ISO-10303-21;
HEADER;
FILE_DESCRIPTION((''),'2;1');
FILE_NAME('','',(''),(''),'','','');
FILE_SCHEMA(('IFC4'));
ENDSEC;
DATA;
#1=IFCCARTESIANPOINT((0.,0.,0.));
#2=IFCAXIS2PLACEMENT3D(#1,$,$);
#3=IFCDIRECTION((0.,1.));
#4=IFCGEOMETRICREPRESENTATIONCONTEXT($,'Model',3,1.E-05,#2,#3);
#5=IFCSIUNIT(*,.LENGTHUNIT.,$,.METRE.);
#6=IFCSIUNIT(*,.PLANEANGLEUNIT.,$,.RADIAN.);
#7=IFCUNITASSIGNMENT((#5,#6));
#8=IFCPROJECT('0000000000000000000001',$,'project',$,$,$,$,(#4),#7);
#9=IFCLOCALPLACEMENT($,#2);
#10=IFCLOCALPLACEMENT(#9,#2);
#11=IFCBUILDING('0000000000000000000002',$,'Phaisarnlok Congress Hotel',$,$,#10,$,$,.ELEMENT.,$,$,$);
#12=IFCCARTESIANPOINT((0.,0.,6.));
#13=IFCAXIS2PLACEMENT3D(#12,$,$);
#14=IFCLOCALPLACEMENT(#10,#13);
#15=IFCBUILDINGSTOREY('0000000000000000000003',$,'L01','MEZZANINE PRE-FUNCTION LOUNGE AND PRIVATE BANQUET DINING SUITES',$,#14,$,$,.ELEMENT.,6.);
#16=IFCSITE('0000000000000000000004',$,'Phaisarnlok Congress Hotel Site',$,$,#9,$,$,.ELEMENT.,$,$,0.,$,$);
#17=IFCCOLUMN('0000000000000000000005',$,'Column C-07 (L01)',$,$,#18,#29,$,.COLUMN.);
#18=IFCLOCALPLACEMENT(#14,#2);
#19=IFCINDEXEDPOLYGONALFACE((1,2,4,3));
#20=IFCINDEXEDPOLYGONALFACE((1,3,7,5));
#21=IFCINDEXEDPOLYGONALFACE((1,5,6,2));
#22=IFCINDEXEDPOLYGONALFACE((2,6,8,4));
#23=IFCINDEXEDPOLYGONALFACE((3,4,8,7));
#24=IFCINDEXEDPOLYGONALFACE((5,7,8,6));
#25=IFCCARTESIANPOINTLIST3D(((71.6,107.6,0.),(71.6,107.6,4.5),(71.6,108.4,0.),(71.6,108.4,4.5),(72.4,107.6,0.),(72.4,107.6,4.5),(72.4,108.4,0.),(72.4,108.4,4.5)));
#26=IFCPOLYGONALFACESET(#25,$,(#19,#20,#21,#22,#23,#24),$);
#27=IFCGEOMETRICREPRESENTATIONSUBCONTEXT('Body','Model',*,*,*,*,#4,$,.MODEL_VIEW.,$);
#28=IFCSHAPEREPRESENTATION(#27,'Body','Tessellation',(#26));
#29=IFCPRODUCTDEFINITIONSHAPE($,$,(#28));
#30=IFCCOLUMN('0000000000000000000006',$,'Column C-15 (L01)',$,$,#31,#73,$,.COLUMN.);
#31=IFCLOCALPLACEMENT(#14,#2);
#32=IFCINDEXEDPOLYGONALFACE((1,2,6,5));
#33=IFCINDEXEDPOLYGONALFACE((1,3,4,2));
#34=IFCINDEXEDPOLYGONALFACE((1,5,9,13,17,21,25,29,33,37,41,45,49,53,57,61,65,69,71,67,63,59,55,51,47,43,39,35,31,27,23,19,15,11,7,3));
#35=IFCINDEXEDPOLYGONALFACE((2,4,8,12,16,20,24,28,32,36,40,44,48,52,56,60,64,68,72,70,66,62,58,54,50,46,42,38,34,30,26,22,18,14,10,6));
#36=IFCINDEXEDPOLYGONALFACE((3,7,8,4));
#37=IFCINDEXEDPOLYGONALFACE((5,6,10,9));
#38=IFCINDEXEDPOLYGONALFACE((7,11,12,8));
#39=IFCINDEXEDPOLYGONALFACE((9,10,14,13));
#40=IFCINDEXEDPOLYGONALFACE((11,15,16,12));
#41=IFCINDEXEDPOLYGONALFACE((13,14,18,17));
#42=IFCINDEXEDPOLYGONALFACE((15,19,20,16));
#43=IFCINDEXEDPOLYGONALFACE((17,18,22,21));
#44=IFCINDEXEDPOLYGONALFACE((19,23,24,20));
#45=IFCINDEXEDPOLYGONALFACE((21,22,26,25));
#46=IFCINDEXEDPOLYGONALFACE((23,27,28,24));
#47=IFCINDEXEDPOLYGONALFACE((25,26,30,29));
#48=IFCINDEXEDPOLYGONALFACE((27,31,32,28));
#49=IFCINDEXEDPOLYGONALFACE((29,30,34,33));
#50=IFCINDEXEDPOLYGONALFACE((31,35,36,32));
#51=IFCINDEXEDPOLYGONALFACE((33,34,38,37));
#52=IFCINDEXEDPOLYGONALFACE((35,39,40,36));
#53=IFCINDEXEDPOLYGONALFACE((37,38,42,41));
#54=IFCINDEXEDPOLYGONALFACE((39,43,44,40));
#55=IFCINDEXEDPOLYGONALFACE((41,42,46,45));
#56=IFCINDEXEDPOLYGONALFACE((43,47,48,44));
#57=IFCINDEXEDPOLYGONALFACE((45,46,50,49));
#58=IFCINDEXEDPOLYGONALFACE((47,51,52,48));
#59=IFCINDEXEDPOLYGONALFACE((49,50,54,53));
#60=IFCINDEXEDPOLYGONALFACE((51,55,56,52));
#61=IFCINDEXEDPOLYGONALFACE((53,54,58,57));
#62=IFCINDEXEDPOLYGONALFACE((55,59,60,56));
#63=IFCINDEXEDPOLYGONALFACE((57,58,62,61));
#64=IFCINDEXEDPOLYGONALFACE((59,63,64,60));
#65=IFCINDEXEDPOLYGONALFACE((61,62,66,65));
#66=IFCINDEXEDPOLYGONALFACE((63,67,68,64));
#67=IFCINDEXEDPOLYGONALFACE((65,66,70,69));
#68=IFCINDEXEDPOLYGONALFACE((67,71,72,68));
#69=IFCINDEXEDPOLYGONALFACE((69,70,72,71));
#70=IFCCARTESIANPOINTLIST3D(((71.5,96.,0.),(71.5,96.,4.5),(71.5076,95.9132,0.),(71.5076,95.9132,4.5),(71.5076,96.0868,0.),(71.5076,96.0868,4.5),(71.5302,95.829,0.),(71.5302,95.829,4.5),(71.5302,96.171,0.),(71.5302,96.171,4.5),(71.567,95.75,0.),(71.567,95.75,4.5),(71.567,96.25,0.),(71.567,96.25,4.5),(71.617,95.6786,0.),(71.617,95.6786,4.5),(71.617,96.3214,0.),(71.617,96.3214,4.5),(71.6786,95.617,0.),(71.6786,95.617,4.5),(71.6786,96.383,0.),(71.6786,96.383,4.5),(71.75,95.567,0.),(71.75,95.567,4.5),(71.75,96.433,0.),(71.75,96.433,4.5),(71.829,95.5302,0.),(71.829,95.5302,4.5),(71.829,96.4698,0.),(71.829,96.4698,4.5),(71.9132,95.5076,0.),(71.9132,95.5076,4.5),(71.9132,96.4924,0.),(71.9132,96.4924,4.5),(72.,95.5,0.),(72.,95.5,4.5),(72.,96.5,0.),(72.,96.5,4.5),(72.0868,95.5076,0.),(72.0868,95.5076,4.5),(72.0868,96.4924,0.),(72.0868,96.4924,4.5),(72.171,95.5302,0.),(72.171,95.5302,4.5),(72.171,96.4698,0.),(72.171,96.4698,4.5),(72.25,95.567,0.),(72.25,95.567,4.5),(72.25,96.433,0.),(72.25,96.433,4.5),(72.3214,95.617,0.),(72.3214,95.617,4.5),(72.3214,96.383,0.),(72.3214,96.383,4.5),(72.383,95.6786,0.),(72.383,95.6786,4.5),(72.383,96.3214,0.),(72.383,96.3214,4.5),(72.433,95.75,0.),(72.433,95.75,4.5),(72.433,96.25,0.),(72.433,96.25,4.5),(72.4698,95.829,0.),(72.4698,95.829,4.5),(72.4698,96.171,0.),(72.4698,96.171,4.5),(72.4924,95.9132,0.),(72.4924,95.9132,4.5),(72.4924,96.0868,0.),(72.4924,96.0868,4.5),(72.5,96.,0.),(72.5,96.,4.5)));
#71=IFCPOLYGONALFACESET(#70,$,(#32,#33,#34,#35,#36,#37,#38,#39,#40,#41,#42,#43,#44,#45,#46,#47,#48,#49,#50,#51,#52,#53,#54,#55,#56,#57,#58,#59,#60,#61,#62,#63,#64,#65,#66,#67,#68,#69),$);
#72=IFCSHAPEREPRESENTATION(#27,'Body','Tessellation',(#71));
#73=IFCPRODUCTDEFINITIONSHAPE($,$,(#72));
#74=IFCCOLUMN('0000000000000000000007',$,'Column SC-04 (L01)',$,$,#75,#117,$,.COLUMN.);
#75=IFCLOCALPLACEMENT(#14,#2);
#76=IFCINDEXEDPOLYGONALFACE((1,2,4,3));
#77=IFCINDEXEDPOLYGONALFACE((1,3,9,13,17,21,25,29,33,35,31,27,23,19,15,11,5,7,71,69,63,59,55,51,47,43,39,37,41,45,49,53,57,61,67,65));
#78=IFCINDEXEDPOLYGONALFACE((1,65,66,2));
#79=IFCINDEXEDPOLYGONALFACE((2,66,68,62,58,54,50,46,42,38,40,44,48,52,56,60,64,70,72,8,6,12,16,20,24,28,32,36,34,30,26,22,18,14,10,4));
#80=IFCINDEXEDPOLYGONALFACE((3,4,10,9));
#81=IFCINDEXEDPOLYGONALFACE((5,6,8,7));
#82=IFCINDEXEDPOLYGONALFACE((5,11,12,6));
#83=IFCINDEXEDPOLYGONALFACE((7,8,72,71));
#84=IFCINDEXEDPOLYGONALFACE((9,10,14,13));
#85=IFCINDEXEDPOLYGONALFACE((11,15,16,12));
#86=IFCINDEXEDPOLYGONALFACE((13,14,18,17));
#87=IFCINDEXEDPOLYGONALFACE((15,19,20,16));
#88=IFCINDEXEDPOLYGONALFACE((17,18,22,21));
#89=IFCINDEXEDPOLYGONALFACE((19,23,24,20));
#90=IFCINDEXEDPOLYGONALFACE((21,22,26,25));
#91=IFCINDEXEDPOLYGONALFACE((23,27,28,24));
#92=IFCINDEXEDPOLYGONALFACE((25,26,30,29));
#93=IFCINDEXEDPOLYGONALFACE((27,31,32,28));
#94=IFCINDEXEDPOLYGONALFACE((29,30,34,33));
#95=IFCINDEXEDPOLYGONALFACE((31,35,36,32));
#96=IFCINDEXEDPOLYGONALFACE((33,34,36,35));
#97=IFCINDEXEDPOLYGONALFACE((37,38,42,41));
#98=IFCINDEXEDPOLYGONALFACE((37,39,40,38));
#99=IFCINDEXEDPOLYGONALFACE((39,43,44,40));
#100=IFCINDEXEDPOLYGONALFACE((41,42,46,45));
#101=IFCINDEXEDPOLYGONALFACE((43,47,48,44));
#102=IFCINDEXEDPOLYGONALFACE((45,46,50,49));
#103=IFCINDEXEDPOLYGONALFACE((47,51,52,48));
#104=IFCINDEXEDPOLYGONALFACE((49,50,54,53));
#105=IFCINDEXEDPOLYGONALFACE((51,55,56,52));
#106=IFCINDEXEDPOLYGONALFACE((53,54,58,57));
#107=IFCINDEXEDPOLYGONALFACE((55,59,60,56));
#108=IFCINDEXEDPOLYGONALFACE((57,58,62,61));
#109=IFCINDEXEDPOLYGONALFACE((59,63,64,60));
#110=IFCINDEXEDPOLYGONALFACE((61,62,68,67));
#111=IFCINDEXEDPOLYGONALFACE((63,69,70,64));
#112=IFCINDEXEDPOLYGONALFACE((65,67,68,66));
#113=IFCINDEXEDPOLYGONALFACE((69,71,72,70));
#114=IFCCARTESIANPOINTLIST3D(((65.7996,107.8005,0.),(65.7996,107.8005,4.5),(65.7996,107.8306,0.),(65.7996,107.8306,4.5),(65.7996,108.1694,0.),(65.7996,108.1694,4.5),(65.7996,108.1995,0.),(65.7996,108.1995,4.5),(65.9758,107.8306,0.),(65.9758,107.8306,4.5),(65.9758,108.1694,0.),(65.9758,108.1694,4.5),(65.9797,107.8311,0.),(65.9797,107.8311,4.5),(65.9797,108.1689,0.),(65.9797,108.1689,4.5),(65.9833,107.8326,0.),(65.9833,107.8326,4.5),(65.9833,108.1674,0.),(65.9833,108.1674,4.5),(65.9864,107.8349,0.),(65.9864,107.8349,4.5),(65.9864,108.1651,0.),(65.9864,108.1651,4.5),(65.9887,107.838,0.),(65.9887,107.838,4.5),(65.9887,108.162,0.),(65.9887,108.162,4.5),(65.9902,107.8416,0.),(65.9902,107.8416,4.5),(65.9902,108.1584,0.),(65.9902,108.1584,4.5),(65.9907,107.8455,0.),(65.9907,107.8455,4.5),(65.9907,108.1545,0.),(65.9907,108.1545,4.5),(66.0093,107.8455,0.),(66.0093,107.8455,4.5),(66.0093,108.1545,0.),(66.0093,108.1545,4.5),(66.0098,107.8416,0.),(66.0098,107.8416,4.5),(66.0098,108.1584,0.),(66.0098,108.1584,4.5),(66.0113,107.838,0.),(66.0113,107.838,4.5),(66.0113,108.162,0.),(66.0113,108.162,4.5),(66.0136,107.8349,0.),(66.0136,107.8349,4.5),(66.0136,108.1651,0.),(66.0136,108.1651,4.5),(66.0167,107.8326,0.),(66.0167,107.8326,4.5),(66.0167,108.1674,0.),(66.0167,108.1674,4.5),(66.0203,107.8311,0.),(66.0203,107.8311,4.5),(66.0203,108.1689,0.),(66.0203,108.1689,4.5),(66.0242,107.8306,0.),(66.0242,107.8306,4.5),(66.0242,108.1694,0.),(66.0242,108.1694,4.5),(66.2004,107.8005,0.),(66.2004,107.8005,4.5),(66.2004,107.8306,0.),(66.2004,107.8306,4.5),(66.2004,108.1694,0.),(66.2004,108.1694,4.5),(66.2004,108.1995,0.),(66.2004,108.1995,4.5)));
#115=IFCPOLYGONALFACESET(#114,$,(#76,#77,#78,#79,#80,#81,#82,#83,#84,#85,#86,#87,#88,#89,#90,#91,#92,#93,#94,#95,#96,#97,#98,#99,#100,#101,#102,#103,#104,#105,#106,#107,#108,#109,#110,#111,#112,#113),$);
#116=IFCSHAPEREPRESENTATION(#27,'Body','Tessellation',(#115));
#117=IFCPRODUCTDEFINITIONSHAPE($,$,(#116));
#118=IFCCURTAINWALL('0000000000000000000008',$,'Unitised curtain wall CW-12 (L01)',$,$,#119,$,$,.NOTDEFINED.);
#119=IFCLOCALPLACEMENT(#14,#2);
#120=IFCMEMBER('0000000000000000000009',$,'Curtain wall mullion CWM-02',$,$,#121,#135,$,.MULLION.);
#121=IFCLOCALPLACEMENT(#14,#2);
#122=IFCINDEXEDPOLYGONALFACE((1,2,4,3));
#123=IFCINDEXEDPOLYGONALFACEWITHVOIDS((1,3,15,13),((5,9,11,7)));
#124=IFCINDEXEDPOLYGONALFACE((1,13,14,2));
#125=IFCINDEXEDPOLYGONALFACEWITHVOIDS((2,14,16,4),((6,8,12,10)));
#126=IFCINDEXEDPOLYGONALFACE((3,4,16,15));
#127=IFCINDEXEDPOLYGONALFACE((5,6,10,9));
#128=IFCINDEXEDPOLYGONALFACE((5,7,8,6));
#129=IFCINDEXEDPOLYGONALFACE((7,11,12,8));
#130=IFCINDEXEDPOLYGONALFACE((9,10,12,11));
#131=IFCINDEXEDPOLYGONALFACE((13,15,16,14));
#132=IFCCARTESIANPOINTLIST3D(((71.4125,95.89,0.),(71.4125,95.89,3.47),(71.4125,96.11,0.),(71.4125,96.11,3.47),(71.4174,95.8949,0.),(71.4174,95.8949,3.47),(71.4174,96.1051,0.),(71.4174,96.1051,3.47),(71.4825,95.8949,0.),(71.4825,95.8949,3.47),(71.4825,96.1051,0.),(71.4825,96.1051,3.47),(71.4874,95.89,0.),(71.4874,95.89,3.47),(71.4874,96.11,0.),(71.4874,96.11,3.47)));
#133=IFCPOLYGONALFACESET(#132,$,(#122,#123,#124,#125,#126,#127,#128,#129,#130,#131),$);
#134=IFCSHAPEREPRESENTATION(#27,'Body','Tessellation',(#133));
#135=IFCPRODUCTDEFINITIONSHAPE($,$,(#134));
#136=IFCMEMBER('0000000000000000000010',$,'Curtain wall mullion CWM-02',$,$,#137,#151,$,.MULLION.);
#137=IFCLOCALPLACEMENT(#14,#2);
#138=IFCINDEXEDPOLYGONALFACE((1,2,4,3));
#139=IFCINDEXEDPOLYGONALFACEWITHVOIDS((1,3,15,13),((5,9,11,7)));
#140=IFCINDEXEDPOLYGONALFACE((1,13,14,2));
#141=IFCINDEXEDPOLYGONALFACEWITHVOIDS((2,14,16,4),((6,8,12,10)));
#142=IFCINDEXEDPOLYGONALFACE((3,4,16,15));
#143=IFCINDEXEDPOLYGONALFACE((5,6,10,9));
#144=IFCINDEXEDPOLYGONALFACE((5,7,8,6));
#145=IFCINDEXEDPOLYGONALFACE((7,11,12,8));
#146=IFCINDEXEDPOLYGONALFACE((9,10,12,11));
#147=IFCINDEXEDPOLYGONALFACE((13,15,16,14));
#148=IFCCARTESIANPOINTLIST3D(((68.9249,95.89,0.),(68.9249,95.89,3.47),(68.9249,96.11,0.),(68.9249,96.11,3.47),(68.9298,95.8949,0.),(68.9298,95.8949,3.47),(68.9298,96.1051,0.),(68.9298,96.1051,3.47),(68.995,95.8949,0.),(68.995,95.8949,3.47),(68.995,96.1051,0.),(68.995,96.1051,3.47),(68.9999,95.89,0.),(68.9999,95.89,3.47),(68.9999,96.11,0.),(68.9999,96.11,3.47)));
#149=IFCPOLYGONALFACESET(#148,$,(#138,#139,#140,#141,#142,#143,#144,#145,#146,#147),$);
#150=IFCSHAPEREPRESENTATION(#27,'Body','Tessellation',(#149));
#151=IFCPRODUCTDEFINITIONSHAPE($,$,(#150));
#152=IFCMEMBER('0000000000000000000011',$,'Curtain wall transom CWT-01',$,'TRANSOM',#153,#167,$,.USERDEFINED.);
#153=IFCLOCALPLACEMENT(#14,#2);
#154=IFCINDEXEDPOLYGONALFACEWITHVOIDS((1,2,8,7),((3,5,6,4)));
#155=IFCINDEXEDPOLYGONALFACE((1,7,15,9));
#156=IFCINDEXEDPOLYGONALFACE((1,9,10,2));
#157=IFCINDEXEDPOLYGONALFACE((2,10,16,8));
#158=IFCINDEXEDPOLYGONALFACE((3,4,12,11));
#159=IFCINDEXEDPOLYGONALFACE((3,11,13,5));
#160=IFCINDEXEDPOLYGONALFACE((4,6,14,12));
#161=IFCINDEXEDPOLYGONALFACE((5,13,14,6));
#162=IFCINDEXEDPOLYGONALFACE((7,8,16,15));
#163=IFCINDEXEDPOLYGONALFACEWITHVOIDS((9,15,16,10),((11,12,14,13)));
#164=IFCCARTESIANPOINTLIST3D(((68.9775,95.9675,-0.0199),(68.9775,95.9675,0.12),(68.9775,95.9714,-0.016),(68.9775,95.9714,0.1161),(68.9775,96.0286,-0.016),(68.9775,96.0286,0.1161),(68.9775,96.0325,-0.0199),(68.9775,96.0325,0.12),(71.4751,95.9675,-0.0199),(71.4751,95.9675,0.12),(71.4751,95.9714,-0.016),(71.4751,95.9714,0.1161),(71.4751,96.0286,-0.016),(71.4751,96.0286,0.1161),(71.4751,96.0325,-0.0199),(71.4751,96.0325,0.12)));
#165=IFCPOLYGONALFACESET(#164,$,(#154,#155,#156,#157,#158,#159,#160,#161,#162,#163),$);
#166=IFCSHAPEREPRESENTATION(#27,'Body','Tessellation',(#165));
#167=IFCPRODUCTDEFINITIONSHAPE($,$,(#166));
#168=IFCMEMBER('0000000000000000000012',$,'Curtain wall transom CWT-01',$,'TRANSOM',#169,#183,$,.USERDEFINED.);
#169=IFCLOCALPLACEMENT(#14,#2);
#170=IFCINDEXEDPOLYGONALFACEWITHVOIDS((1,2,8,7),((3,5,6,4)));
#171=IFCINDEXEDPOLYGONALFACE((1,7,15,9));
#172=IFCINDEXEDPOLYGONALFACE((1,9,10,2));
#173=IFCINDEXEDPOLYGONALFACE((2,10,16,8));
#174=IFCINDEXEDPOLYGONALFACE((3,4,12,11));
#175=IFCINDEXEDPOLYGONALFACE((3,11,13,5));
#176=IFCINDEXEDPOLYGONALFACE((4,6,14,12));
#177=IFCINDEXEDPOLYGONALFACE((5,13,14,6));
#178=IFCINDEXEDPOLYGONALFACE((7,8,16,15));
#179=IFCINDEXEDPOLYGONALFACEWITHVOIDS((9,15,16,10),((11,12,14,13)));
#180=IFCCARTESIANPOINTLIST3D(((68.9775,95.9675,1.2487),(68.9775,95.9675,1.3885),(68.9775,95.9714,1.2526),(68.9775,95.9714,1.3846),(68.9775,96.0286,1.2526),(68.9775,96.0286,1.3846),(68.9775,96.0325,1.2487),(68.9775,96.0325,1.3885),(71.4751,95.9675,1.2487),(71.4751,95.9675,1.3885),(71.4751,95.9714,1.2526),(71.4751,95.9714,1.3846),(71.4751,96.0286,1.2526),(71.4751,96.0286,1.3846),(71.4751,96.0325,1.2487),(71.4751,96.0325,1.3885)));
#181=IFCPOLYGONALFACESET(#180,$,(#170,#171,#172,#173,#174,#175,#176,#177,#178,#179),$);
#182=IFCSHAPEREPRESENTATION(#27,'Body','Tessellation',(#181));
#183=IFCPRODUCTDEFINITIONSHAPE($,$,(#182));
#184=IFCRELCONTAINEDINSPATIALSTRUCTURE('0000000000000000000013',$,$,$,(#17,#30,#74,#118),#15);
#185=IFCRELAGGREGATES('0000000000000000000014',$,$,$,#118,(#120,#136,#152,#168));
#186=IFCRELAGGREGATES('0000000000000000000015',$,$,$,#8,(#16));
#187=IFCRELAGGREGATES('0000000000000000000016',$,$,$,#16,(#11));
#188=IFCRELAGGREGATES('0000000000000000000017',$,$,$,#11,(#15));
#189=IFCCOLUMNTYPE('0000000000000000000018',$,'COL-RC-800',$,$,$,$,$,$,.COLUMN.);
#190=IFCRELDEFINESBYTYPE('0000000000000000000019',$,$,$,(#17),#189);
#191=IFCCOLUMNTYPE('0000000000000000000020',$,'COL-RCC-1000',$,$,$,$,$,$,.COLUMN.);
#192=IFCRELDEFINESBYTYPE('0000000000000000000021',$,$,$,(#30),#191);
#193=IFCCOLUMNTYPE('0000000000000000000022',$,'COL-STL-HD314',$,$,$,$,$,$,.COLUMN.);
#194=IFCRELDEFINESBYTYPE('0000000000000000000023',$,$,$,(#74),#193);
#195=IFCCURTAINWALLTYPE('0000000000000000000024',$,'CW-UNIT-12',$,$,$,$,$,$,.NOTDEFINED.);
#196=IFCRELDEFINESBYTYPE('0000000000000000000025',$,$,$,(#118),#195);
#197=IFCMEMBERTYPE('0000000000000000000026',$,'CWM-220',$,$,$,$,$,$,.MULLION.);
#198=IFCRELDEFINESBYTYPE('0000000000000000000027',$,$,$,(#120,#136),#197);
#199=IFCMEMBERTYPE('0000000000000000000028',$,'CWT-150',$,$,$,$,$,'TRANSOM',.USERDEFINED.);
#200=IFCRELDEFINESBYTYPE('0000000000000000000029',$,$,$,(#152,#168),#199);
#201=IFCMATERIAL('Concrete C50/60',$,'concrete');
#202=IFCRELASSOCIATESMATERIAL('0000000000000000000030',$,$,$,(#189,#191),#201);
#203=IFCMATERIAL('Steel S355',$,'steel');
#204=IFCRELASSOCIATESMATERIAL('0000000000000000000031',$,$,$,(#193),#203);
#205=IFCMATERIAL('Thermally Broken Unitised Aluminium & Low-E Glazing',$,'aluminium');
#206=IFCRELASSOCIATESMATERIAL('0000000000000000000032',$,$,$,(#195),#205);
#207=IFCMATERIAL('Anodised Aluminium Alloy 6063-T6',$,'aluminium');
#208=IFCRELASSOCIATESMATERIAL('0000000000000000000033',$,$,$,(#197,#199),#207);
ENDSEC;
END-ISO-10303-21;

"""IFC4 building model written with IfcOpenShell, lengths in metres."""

from ifc_helpers import new_model, si_unit, direction, frame, origin, origin_2d, place, context, subcontext, project, spatial, rectangle, hollow_rectangle, circle, i_section, extrude, material, material_profile, profile_set, type_object, element, aggregate, save


model = new_model("IFC4")

# Units and contexts
model_context = context("Model", 3, precision=1e-05, world=origin(), true_north=direction((0.0, 1.0)))
body_context = subcontext(model_context, "Body", "Model", "MODEL_VIEW")
ifc_project = project(units=[si_unit("LENGTHUNIT", "METRE"), si_unit("PLANEANGLEUNIT", "RADIAN")], contexts=[model_context])

# Site, building, storey
site_placement = place(None, origin())
site = spatial("IfcSite", under=ifc_project, at=site_placement, Name="Phaisarnlok Congress Hotel Site", CompositionType="ELEMENT", RefElevation=0.0)
building_placement = place(site_placement, origin())
building = spatial("IfcBuilding", under=site, at=building_placement, Name="Phaisarnlok Congress Hotel", CompositionType="ELEMENT")
storey_placement = place(building_placement, frame((0.0, 0.0, 6.0)))
storey = spatial("IfcBuildingStorey", under=building, at=storey_placement, Name="L01", Description="MEZZANINE PRE-FUNCTION LOUNGE AND PRIVATE BANQUET DINING SUITES", CompositionType="ELEMENT", Elevation=6.0)

# Columns
ifc_material_1 = material(Name="Concrete C50/60", Category="concrete")
ifc_material_profile_1 = material_profile(ifc_material_1, rectangle(XDim=0.8, YDim=0.8, at=origin_2d()), Name="RC 800x800")
ifc_profile_set_1 = profile_set([ifc_material_profile_1], Name="Concrete C50/60")
column_type_1 = type_object("IfcColumnType", Name="COL-RC-800", PredefinedType="COLUMN", material=ifc_profile_set_1)
column_1_placement = place(storey_placement, frame((72.0, 108.0, 0.0), z_axis=(0.0, 0.0, 1.0), x_axis=(1.0, 0.0, 0.0)))
element("IfcColumn", 1, at=column_1_placement, inside=storey, type_object=column_type_1, Name="Column C-07 (L01)", PredefinedType="COLUMN", context=body_context, shape_type="SweptSolid", body=[
    extrude(rectangle(XDim=0.8, YDim=0.8, at=origin_2d()), origin(), (0.0, 0.0, 1.0), 4.5),
])
ifc_material_profile_2 = material_profile(ifc_material_1, circle(Radius=0.5, at=origin_2d()), Name="RCC D1000")
ifc_profile_set_2 = profile_set([ifc_material_profile_2], Name="Concrete C50/60")
column_type_2 = type_object("IfcColumnType", Name="COL-RCC-1000", PredefinedType="COLUMN", material=ifc_profile_set_2)
column_2_placement = place(storey_placement, frame((72.0, 96.0, 0.0), z_axis=(0.0, 0.0, 1.0), x_axis=(1.0, 0.0, 0.0)))
element("IfcColumn", 2, at=column_2_placement, inside=storey, type_object=column_type_2, Name="Column C-15 (L01)", PredefinedType="COLUMN", context=body_context, shape_type="SweptSolid", body=[
    extrude(circle(Radius=0.5, at=origin_2d()), origin(), (0.0, 0.0, 1.0), 4.5),
])
ifc_material_2 = material(Name="Steel S355", Category="steel")
ifc_material_profile_3 = material_profile(ifc_material_2, i_section(OverallWidth=0.4009, OverallDepth=0.3989, WebThickness=0.0186, FlangeThickness=0.03, FilletRadius=0.0149, at=origin_2d()), Name="HD 400x314")
ifc_profile_set_3 = profile_set([ifc_material_profile_3], Name="Steel S355")
column_type_3 = type_object("IfcColumnType", Name="COL-STL-HD314", PredefinedType="COLUMN", material=ifc_profile_set_3)
column_3_placement = place(storey_placement, frame((66.0, 108.0, 0.0), z_axis=(0.0, 0.0, 1.0), x_axis=(1.0, 0.0, 0.0)))
element("IfcColumn", 3, at=column_3_placement, inside=storey, type_object=column_type_3, Name="Column SC-04 (L01)", PredefinedType="COLUMN", context=body_context, shape_type="SweptSolid", body=[
    extrude(i_section(OverallWidth=0.4009, OverallDepth=0.3989, WebThickness=0.0186, FlangeThickness=0.03, FilletRadius=0.0149, at=origin_2d()), origin(), (0.0, 0.0, 1.0), 4.5),
])

# Curtain wall, members
ifc_material_3 = material(Name="Thermally Broken Unitised Aluminium & Low-E Glazing", Category="aluminium")
curtain_wall_type = type_object("IfcCurtainWallType", Name="CW-UNIT-12", PredefinedType="NOTDEFINED", material=ifc_material_3)
curtain_wall_placement = place(storey_placement, origin())
curtain_wall = element("IfcCurtainWall", 4, at=curtain_wall_placement, inside=storey, type_object=curtain_wall_type, Name="Unitised curtain wall CW-12 (L01)", PredefinedType="NOTDEFINED")
ifc_material_4 = material(Name="Anodised Aluminium Alloy 6063-T6", Category="aluminium")
ifc_material_profile_4 = material_profile(ifc_material_4, hollow_rectangle(XDim=0.075, YDim=0.22, WallThickness=0.0049, at=origin_2d()), Name="ALU-M 75x220x5")
ifc_profile_set_4 = profile_set([ifc_material_profile_4], Name="Anodised Aluminium Alloy 6063-T6")
member_type_1 = type_object("IfcMemberType", Name="CWM-220", PredefinedType="MULLION", material=ifc_profile_set_4)
member_1_placement = place(storey_placement, frame((71.45, 96.0, 0.0), z_axis=(0.0, 0.0, 1.0), x_axis=(-1.0, 0.0, 0.0)))
member_1 = element("IfcMember", 5, at=member_1_placement, type_object=member_type_1, Name="Curtain wall mullion CWM-02", PredefinedType="MULLION", context=body_context, shape_type="SweptSolid", body=[
    extrude(hollow_rectangle(XDim=0.075, YDim=0.22, WallThickness=0.0049, at=origin_2d()), origin(), (0.0, 0.0, 1.0), 3.47),
])
member_2_placement = place(storey_placement, frame((68.9624, 96.0, 0.0), z_axis=(0.0, 0.0, 1.0), x_axis=(-1.0, 0.0, 0.0)))
member_2 = element("IfcMember", 6, at=member_2_placement, type_object=member_type_1, Name="Curtain wall mullion CWM-02", PredefinedType="MULLION", context=body_context, shape_type="SweptSolid", body=[
    extrude(hollow_rectangle(XDim=0.075, YDim=0.22, WallThickness=0.0049, at=origin_2d()), origin(), (0.0, 0.0, 1.0), 3.47),
])
ifc_material_profile_5 = material_profile(ifc_material_4, hollow_rectangle(XDim=0.0649, YDim=0.1399, WallThickness=0.0039, at=origin_2d()), Name="ALU-T 65x140x4")
ifc_profile_set_5 = profile_set([ifc_material_profile_5], Name="Anodised Aluminium Alloy 6063-T6")
member_type_2 = type_object("IfcMemberType", Name="CWT-150", ElementType="TRANSOM", PredefinedType="USERDEFINED", material=ifc_profile_set_5)
member_3_placement = place(storey_placement, frame((71.4751, 96.0, 0.05), z_axis=(-1.0, 0.0, 0.0), x_axis=(0.0, -1.0, 0.0)))
member_3 = element("IfcMember", 7, at=member_3_placement, type_object=member_type_2, Name="Curtain wall transom CWT-01", ObjectType="TRANSOM", PredefinedType="USERDEFINED", context=body_context, shape_type="SweptSolid", body=[
    extrude(hollow_rectangle(XDim=0.0649, YDim=0.1399, WallThickness=0.0039, at=origin_2d()), origin(), (0.0, 0.0, 1.0), 2.4976),
])
member_4_placement = place(storey_placement, frame((71.4751, 96.0, 1.3186), z_axis=(-1.0, 0.0, 0.0), x_axis=(0.0, -1.0, 0.0)))
member_4 = element("IfcMember", 8, at=member_4_placement, type_object=member_type_2, Name="Curtain wall transom CWT-01", ObjectType="TRANSOM", PredefinedType="USERDEFINED", context=body_context, shape_type="SweptSolid", body=[
    extrude(hollow_rectangle(XDim=0.0649, YDim=0.1399, WallThickness=0.0039, at=origin_2d()), origin(), (0.0, 0.0, 1.0), 2.4976),
])

aggregate(curtain_wall, [member_1, member_2, member_3, member_4])

save(model, "model.ifc")
